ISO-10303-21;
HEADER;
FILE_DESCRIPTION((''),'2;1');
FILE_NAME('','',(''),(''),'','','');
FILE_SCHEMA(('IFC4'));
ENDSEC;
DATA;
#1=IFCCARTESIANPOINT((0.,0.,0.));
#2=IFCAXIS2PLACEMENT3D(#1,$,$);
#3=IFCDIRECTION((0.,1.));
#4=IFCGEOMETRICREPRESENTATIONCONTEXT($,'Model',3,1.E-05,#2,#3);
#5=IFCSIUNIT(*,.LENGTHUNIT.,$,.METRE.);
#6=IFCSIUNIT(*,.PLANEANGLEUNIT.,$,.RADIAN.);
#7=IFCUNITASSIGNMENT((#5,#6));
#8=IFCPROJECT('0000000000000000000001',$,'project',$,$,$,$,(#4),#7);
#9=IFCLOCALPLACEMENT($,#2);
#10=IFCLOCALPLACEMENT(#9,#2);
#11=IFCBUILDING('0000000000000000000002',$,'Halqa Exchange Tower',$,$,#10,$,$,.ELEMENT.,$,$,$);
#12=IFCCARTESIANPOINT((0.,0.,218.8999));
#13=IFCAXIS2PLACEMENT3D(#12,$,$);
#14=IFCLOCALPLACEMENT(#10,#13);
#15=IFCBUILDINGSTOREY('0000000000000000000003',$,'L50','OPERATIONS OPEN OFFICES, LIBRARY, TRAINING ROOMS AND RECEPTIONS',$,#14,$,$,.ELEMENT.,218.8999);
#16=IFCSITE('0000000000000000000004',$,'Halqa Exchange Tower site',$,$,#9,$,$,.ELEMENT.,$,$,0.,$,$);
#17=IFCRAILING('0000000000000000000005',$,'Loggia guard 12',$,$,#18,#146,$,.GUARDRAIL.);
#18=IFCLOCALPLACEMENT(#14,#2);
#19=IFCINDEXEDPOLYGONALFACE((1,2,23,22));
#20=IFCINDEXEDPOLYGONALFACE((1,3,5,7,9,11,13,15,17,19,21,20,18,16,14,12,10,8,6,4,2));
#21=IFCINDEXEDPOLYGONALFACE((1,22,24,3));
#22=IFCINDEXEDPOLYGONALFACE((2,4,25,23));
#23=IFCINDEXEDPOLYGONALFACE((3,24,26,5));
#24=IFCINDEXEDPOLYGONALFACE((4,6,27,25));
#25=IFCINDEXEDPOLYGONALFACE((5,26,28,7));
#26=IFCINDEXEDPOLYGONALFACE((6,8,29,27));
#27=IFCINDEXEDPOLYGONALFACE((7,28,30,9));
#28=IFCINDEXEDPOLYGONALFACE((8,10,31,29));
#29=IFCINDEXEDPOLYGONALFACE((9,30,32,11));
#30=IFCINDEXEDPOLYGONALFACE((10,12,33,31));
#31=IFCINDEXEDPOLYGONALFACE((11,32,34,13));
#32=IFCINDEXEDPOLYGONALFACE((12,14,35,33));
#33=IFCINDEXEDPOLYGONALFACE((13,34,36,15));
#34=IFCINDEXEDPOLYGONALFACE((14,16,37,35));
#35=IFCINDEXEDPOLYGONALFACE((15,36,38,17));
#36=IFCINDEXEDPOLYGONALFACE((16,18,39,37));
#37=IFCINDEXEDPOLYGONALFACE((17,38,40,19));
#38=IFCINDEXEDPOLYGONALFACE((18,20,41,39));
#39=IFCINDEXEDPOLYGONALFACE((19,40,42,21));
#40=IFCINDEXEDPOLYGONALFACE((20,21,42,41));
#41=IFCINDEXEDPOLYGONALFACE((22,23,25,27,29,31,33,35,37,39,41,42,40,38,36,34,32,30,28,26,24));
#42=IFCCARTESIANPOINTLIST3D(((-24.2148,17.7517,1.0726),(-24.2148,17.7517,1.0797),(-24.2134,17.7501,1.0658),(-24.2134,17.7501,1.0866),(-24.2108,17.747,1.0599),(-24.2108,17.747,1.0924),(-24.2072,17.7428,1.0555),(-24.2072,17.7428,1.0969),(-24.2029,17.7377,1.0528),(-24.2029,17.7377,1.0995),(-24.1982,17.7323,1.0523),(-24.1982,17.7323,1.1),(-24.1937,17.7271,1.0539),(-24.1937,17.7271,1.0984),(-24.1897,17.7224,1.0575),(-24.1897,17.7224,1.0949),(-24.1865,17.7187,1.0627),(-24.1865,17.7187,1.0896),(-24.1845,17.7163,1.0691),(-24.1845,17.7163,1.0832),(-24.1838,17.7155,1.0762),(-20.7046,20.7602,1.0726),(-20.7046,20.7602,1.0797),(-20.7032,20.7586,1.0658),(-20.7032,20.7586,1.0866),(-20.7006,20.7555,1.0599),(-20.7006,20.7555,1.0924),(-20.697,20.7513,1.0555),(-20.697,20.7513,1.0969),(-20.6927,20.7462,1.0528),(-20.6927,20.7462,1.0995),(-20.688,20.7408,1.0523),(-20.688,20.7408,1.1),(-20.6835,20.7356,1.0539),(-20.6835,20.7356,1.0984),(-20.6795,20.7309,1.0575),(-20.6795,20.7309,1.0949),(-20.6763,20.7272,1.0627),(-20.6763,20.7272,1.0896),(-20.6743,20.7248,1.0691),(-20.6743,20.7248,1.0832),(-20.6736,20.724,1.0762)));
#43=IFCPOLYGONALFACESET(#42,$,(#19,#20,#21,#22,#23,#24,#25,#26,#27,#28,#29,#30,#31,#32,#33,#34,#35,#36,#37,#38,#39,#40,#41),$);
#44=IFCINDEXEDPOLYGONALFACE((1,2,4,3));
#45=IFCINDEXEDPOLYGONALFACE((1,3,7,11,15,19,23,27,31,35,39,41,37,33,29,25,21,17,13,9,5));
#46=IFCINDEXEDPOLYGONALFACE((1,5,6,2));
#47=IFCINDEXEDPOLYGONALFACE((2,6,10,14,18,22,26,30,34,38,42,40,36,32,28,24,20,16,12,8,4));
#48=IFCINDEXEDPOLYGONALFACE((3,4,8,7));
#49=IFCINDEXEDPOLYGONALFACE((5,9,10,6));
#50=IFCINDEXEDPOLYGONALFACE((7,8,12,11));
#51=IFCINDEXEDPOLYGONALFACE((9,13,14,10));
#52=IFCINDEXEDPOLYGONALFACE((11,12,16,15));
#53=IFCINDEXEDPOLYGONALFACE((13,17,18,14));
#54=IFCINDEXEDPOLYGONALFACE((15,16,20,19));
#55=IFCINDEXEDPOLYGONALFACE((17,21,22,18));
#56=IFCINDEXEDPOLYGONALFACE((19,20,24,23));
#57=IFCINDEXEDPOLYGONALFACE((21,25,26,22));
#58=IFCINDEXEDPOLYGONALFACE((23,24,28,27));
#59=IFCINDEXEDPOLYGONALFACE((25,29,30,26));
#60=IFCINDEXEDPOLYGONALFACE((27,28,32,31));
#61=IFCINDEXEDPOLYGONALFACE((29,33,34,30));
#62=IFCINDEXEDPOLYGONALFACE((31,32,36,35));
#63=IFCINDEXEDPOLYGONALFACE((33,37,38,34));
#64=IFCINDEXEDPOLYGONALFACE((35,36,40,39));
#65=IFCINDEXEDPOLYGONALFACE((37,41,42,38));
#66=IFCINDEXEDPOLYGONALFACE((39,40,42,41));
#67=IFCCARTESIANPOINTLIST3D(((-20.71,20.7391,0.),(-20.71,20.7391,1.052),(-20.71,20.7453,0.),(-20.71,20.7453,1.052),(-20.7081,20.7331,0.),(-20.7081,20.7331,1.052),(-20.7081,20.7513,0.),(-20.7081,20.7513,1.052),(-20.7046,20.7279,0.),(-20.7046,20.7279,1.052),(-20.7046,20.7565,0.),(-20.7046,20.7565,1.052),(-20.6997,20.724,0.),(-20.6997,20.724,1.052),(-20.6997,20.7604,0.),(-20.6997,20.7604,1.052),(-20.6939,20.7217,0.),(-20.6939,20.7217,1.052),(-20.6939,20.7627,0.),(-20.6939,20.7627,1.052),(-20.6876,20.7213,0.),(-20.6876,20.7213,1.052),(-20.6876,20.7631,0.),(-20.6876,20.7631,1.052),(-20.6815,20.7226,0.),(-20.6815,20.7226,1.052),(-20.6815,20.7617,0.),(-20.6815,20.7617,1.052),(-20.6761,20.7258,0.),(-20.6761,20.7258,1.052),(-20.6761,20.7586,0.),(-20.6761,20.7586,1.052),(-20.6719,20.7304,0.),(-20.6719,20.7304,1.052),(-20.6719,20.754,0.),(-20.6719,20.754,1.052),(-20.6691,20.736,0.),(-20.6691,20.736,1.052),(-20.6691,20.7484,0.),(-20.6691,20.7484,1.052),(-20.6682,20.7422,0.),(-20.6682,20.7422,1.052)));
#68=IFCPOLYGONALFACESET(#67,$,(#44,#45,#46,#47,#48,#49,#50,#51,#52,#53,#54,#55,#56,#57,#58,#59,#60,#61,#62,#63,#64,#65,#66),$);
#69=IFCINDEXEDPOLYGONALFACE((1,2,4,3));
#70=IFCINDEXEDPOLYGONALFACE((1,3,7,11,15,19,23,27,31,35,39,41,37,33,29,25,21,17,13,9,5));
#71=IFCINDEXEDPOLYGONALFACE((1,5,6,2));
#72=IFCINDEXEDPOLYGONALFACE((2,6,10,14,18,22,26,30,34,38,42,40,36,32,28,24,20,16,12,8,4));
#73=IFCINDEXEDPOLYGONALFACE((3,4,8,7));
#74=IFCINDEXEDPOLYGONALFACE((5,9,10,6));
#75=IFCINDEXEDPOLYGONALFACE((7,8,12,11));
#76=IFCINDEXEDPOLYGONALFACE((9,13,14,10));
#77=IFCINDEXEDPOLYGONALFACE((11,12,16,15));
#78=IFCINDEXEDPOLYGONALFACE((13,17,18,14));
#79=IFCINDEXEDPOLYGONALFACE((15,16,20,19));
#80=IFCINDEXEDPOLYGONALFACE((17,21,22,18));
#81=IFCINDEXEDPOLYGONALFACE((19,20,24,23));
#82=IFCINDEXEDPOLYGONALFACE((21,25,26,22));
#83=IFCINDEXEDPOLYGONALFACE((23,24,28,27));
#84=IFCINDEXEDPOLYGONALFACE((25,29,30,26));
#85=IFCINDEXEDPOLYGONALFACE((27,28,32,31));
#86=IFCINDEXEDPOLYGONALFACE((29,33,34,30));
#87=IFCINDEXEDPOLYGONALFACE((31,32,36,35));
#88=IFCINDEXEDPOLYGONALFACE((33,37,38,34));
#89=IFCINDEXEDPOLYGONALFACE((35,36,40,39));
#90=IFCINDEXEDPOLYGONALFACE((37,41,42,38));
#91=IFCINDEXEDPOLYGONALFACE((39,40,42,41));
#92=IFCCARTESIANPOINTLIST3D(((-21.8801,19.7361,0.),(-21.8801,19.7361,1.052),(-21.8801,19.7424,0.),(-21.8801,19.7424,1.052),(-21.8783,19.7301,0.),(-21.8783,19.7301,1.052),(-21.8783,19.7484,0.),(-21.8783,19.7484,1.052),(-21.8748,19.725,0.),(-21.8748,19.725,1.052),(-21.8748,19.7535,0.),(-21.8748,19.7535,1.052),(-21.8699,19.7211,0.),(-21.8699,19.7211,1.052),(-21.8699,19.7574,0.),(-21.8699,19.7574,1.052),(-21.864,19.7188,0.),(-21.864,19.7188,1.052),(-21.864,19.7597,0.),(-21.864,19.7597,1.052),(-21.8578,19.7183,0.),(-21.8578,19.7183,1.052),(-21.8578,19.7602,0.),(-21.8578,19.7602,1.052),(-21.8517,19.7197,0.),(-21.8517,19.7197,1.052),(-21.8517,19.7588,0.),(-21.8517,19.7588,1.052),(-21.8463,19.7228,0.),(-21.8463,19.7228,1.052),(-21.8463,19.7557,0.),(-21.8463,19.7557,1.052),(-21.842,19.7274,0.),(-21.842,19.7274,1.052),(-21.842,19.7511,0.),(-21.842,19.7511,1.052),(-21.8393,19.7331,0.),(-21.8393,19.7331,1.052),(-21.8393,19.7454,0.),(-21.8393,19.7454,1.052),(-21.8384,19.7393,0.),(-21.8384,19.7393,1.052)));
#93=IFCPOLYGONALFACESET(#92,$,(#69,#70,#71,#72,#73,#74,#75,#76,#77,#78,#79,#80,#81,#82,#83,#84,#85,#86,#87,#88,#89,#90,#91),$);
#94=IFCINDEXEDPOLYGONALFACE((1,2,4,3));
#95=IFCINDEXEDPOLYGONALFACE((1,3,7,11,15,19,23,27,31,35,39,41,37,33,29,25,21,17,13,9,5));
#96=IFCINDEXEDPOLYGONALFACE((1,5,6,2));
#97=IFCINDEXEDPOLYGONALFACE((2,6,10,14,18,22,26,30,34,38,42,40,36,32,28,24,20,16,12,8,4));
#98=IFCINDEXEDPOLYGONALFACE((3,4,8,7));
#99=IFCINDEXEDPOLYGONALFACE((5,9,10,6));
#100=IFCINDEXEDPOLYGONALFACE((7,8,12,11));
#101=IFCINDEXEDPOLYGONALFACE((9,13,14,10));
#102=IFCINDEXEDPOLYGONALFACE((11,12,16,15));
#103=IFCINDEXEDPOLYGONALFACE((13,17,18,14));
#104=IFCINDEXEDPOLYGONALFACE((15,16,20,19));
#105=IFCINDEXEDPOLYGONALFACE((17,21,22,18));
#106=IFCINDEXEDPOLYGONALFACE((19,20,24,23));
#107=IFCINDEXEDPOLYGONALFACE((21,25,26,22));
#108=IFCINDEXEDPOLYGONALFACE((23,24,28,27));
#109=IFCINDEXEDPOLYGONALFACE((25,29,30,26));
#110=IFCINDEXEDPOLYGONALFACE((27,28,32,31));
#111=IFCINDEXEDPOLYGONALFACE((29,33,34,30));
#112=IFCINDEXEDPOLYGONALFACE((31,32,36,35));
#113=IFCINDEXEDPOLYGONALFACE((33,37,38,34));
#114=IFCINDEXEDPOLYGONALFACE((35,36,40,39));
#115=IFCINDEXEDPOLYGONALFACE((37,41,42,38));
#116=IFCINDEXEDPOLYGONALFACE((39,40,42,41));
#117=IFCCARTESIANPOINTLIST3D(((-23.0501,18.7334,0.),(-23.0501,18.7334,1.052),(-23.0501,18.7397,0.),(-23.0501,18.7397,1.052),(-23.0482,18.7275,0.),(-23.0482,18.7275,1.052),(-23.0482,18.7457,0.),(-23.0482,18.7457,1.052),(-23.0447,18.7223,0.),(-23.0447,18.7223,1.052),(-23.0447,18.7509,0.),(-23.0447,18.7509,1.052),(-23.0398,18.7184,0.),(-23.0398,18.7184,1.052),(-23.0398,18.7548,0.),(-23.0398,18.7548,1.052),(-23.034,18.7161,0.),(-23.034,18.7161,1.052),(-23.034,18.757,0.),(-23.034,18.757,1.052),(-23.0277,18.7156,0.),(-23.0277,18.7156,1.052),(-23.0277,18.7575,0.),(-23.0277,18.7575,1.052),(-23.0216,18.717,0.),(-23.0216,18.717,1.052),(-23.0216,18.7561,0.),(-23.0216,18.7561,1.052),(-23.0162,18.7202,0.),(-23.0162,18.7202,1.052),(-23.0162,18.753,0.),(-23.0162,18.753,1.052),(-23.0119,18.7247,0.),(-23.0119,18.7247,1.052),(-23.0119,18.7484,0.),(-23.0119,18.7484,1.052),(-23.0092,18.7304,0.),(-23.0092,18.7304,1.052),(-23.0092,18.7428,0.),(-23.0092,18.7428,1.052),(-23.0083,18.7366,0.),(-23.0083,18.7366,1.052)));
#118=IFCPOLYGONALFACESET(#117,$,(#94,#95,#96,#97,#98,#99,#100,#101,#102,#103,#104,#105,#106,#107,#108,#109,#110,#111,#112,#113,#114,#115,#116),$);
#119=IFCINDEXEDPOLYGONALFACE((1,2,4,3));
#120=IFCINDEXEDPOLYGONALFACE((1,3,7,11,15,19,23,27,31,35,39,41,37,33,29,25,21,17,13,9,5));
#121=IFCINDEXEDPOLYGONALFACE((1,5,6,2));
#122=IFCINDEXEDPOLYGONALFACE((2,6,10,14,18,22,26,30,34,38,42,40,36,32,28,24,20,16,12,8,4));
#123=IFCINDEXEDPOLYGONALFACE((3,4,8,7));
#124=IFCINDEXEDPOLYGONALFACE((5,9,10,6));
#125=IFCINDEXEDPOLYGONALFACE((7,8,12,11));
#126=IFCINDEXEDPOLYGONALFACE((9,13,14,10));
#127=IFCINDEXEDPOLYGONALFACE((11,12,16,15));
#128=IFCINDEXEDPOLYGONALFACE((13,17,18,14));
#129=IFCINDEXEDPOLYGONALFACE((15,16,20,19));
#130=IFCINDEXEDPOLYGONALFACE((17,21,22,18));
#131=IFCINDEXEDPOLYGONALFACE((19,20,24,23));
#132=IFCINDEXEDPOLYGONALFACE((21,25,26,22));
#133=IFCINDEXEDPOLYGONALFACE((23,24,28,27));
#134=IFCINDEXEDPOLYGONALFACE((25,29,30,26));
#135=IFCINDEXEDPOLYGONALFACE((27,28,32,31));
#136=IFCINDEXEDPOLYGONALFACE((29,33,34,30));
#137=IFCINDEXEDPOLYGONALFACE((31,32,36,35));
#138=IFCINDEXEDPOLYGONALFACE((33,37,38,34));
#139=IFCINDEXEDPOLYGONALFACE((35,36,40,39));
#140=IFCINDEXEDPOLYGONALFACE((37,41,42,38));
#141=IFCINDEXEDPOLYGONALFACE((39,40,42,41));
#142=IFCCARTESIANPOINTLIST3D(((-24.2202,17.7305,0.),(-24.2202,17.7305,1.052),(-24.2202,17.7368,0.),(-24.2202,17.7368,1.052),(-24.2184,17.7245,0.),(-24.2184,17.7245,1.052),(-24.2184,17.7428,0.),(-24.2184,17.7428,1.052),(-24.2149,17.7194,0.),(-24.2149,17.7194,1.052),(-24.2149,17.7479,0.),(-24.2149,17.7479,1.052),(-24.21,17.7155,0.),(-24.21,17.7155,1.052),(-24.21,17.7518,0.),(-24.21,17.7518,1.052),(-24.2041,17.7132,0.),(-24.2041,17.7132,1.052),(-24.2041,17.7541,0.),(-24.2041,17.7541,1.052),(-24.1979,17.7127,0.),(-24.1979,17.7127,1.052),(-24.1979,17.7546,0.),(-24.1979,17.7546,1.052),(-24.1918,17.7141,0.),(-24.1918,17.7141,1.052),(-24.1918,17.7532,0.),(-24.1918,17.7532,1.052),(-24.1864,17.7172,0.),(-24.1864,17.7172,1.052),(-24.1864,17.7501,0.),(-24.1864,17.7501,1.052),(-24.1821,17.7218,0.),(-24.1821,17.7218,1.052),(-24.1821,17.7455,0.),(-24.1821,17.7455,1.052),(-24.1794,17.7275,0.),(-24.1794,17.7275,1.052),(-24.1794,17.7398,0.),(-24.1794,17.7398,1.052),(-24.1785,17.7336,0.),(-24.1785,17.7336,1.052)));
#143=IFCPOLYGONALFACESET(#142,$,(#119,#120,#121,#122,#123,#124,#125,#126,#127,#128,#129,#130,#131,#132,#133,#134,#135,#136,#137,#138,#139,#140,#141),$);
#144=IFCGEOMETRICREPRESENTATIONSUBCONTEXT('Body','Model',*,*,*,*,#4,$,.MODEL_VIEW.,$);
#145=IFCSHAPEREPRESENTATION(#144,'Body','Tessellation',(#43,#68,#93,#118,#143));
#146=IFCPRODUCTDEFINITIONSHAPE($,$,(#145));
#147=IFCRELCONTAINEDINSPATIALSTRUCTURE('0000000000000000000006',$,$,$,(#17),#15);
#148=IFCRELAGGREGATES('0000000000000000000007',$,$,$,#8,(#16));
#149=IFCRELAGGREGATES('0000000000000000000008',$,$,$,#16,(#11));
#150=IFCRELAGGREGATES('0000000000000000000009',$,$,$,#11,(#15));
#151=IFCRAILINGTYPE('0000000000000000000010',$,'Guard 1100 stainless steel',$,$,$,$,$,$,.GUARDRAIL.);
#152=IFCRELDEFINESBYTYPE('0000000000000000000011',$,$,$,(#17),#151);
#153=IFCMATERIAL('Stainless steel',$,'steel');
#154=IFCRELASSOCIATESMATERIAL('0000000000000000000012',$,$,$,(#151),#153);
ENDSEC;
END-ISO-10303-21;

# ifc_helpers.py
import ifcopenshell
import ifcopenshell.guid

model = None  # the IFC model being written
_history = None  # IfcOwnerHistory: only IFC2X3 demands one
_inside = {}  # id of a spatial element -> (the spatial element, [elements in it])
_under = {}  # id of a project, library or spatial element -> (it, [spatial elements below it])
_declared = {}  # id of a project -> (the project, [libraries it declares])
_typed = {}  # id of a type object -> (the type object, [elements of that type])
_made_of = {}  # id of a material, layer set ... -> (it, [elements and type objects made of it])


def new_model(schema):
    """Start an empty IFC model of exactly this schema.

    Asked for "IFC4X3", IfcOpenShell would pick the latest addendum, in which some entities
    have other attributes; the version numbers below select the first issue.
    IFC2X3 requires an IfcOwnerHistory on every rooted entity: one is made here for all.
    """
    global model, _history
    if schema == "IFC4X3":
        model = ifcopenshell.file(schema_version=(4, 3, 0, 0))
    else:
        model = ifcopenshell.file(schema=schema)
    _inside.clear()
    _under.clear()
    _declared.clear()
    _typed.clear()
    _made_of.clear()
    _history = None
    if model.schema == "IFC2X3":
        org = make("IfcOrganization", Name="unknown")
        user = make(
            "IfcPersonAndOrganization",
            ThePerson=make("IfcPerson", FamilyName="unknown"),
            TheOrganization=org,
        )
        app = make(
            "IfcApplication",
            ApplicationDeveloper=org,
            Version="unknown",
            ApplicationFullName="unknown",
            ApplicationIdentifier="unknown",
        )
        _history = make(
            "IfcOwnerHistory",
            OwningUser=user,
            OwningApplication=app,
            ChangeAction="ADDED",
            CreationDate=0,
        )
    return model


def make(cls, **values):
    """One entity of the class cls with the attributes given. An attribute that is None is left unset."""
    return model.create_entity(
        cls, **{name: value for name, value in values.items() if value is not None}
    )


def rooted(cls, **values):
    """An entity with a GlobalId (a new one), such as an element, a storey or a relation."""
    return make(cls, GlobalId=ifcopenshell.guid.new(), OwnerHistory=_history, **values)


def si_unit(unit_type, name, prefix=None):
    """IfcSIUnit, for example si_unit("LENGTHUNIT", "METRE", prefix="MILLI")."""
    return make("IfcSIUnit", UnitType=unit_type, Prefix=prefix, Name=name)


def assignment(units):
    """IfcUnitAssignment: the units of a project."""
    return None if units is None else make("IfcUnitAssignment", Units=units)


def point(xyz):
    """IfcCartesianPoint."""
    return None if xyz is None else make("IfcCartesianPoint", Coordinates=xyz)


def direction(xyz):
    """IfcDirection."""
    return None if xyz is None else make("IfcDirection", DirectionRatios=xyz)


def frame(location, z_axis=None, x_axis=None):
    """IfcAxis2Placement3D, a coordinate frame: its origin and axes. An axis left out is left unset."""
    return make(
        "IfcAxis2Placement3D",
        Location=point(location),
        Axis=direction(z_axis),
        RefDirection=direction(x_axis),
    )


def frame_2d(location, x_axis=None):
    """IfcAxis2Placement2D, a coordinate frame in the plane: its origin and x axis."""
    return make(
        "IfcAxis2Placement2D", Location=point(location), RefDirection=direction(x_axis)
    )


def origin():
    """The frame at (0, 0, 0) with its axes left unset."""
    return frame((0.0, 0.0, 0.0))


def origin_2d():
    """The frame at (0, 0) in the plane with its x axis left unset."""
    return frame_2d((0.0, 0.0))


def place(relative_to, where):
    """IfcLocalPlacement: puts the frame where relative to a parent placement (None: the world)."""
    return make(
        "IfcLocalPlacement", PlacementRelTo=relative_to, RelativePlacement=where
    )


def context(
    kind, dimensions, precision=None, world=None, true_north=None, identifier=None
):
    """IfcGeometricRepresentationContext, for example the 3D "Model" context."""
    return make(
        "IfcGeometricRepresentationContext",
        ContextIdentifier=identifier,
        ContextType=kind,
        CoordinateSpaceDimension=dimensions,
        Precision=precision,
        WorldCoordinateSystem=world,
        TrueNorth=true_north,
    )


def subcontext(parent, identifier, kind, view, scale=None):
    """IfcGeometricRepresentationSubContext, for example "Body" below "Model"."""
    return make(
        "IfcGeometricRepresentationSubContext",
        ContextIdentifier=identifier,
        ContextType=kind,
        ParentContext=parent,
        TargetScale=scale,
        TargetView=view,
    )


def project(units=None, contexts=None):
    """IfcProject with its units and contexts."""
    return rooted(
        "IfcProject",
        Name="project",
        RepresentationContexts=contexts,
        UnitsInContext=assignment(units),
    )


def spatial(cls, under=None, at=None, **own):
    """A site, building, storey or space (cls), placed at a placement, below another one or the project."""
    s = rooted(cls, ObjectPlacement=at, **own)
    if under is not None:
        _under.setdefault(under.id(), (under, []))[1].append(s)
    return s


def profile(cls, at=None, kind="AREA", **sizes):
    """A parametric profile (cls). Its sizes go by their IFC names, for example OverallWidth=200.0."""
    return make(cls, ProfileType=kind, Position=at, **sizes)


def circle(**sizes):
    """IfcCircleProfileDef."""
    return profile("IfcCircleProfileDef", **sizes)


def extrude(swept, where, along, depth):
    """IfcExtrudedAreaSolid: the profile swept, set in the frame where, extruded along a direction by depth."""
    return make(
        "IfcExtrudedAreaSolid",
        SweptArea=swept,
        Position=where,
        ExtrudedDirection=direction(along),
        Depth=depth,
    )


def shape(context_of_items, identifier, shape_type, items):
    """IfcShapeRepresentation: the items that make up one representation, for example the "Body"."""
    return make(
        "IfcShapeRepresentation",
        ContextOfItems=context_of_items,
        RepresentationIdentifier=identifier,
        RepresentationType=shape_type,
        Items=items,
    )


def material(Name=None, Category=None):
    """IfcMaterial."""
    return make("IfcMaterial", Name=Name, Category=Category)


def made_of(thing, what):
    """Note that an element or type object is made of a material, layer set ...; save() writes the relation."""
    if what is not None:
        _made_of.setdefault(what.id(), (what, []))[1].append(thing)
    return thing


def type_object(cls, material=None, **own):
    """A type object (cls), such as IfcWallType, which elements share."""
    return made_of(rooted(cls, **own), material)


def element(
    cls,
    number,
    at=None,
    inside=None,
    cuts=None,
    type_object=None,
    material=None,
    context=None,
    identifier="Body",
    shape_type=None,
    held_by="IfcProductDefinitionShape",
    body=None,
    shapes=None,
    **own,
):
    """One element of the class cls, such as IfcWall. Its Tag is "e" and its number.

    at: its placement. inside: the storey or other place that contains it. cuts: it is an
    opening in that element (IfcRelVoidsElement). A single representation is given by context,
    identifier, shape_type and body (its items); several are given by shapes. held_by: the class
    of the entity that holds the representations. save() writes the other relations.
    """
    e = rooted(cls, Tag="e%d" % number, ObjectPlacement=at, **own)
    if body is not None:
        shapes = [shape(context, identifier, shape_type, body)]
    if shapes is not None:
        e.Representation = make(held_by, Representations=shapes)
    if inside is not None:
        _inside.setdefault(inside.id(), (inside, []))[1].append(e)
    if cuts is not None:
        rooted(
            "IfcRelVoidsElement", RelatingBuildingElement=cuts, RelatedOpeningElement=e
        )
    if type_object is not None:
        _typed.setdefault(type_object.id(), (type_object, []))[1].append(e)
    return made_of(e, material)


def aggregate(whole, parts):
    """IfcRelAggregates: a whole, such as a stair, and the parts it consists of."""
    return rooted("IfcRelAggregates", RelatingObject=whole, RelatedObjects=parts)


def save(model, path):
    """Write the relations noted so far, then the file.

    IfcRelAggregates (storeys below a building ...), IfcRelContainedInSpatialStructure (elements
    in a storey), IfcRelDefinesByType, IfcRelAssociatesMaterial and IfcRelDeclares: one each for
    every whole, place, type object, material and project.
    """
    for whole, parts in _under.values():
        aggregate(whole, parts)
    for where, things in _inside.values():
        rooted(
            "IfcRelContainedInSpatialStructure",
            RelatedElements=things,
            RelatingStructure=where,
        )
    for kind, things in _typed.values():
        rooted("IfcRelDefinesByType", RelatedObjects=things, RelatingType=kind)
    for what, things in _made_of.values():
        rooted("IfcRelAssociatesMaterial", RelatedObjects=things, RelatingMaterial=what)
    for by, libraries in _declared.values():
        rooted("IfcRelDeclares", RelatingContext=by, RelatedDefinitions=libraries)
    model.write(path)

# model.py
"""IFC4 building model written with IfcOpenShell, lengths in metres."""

from ifc_helpers import new_model, si_unit, direction, frame, origin, origin_2d, place, context, subcontext, project, spatial, circle, extrude, material, type_object, element, save


model = new_model("IFC4")

# Units and contexts
model_context = context("Model", 3, precision=1e-05, world=origin(), true_north=direction((0.0, 1.0)))
body_context = subcontext(model_context, "Body", "Model", "MODEL_VIEW")
ifc_project = project(units=[si_unit("LENGTHUNIT", "METRE"), si_unit("PLANEANGLEUNIT", "RADIAN")], contexts=[model_context])

# Site, building, storey
site_placement = place(None, origin())
site = spatial("IfcSite", under=ifc_project, at=site_placement, Name="Halqa Exchange Tower site", CompositionType="ELEMENT", RefElevation=0.0)
building_placement = place(site_placement, origin())
building = spatial("IfcBuilding", under=site, at=building_placement, Name="Halqa Exchange Tower", CompositionType="ELEMENT")
storey_placement = place(building_placement, frame((0.0, 0.0, 218.8999)))
storey = spatial("IfcBuildingStorey", under=building, at=storey_placement, Name="L50", Description="OPERATIONS OPEN OFFICES, LIBRARY, TRAINING ROOMS AND RECEPTIONS", CompositionType="ELEMENT", Elevation=218.8999)

# Railing
ifc_material_1 = material(Name="Stainless steel", Category="steel")
railing_type = type_object("IfcRailingType", Name="Guard 1100 stainless steel", PredefinedType="GUARDRAIL", material=ifc_material_1)
railing_1_placement = place(storey_placement, frame((-20.6892, 20.7422, 0.0)))
element("IfcRailing", 1, at=railing_1_placement, inside=storey, type_object=railing_type, Name="Loggia guard 12", PredefinedType="GUARDRAIL", context=body_context, shape_type="SweptSolid", body=[
    extrude(circle(Radius=0.0239, at=origin_2d()), frame((0.0, 0.0, 1.0762), z_axis=(-0.759283, -0.650761, 0.0), x_axis=(0.650761, -0.759283, 0.0)), (0.0, 0.0, 1.0), 4.623),
    extrude(circle(Radius=0.021, at=origin_2d()), origin(), (0.0, 0.0, 1.0), 1.052),
    extrude(circle(Radius=0.021, at=origin_2d()), frame((-1.1702, -1.0029, 0.0)), (0.0, 0.0, 1.0), 1.052),
    extrude(circle(Radius=0.021, at=origin_2d()), frame((-2.3401, -2.0056, 0.0)), (0.0, 0.0, 1.0), 1.052),
    extrude(circle(Radius=0.021, at=origin_2d()), frame((-3.5103, -3.0085, 0.0)), (0.0, 0.0, 1.0), 1.052),
])

save(model, "model.ifc")
